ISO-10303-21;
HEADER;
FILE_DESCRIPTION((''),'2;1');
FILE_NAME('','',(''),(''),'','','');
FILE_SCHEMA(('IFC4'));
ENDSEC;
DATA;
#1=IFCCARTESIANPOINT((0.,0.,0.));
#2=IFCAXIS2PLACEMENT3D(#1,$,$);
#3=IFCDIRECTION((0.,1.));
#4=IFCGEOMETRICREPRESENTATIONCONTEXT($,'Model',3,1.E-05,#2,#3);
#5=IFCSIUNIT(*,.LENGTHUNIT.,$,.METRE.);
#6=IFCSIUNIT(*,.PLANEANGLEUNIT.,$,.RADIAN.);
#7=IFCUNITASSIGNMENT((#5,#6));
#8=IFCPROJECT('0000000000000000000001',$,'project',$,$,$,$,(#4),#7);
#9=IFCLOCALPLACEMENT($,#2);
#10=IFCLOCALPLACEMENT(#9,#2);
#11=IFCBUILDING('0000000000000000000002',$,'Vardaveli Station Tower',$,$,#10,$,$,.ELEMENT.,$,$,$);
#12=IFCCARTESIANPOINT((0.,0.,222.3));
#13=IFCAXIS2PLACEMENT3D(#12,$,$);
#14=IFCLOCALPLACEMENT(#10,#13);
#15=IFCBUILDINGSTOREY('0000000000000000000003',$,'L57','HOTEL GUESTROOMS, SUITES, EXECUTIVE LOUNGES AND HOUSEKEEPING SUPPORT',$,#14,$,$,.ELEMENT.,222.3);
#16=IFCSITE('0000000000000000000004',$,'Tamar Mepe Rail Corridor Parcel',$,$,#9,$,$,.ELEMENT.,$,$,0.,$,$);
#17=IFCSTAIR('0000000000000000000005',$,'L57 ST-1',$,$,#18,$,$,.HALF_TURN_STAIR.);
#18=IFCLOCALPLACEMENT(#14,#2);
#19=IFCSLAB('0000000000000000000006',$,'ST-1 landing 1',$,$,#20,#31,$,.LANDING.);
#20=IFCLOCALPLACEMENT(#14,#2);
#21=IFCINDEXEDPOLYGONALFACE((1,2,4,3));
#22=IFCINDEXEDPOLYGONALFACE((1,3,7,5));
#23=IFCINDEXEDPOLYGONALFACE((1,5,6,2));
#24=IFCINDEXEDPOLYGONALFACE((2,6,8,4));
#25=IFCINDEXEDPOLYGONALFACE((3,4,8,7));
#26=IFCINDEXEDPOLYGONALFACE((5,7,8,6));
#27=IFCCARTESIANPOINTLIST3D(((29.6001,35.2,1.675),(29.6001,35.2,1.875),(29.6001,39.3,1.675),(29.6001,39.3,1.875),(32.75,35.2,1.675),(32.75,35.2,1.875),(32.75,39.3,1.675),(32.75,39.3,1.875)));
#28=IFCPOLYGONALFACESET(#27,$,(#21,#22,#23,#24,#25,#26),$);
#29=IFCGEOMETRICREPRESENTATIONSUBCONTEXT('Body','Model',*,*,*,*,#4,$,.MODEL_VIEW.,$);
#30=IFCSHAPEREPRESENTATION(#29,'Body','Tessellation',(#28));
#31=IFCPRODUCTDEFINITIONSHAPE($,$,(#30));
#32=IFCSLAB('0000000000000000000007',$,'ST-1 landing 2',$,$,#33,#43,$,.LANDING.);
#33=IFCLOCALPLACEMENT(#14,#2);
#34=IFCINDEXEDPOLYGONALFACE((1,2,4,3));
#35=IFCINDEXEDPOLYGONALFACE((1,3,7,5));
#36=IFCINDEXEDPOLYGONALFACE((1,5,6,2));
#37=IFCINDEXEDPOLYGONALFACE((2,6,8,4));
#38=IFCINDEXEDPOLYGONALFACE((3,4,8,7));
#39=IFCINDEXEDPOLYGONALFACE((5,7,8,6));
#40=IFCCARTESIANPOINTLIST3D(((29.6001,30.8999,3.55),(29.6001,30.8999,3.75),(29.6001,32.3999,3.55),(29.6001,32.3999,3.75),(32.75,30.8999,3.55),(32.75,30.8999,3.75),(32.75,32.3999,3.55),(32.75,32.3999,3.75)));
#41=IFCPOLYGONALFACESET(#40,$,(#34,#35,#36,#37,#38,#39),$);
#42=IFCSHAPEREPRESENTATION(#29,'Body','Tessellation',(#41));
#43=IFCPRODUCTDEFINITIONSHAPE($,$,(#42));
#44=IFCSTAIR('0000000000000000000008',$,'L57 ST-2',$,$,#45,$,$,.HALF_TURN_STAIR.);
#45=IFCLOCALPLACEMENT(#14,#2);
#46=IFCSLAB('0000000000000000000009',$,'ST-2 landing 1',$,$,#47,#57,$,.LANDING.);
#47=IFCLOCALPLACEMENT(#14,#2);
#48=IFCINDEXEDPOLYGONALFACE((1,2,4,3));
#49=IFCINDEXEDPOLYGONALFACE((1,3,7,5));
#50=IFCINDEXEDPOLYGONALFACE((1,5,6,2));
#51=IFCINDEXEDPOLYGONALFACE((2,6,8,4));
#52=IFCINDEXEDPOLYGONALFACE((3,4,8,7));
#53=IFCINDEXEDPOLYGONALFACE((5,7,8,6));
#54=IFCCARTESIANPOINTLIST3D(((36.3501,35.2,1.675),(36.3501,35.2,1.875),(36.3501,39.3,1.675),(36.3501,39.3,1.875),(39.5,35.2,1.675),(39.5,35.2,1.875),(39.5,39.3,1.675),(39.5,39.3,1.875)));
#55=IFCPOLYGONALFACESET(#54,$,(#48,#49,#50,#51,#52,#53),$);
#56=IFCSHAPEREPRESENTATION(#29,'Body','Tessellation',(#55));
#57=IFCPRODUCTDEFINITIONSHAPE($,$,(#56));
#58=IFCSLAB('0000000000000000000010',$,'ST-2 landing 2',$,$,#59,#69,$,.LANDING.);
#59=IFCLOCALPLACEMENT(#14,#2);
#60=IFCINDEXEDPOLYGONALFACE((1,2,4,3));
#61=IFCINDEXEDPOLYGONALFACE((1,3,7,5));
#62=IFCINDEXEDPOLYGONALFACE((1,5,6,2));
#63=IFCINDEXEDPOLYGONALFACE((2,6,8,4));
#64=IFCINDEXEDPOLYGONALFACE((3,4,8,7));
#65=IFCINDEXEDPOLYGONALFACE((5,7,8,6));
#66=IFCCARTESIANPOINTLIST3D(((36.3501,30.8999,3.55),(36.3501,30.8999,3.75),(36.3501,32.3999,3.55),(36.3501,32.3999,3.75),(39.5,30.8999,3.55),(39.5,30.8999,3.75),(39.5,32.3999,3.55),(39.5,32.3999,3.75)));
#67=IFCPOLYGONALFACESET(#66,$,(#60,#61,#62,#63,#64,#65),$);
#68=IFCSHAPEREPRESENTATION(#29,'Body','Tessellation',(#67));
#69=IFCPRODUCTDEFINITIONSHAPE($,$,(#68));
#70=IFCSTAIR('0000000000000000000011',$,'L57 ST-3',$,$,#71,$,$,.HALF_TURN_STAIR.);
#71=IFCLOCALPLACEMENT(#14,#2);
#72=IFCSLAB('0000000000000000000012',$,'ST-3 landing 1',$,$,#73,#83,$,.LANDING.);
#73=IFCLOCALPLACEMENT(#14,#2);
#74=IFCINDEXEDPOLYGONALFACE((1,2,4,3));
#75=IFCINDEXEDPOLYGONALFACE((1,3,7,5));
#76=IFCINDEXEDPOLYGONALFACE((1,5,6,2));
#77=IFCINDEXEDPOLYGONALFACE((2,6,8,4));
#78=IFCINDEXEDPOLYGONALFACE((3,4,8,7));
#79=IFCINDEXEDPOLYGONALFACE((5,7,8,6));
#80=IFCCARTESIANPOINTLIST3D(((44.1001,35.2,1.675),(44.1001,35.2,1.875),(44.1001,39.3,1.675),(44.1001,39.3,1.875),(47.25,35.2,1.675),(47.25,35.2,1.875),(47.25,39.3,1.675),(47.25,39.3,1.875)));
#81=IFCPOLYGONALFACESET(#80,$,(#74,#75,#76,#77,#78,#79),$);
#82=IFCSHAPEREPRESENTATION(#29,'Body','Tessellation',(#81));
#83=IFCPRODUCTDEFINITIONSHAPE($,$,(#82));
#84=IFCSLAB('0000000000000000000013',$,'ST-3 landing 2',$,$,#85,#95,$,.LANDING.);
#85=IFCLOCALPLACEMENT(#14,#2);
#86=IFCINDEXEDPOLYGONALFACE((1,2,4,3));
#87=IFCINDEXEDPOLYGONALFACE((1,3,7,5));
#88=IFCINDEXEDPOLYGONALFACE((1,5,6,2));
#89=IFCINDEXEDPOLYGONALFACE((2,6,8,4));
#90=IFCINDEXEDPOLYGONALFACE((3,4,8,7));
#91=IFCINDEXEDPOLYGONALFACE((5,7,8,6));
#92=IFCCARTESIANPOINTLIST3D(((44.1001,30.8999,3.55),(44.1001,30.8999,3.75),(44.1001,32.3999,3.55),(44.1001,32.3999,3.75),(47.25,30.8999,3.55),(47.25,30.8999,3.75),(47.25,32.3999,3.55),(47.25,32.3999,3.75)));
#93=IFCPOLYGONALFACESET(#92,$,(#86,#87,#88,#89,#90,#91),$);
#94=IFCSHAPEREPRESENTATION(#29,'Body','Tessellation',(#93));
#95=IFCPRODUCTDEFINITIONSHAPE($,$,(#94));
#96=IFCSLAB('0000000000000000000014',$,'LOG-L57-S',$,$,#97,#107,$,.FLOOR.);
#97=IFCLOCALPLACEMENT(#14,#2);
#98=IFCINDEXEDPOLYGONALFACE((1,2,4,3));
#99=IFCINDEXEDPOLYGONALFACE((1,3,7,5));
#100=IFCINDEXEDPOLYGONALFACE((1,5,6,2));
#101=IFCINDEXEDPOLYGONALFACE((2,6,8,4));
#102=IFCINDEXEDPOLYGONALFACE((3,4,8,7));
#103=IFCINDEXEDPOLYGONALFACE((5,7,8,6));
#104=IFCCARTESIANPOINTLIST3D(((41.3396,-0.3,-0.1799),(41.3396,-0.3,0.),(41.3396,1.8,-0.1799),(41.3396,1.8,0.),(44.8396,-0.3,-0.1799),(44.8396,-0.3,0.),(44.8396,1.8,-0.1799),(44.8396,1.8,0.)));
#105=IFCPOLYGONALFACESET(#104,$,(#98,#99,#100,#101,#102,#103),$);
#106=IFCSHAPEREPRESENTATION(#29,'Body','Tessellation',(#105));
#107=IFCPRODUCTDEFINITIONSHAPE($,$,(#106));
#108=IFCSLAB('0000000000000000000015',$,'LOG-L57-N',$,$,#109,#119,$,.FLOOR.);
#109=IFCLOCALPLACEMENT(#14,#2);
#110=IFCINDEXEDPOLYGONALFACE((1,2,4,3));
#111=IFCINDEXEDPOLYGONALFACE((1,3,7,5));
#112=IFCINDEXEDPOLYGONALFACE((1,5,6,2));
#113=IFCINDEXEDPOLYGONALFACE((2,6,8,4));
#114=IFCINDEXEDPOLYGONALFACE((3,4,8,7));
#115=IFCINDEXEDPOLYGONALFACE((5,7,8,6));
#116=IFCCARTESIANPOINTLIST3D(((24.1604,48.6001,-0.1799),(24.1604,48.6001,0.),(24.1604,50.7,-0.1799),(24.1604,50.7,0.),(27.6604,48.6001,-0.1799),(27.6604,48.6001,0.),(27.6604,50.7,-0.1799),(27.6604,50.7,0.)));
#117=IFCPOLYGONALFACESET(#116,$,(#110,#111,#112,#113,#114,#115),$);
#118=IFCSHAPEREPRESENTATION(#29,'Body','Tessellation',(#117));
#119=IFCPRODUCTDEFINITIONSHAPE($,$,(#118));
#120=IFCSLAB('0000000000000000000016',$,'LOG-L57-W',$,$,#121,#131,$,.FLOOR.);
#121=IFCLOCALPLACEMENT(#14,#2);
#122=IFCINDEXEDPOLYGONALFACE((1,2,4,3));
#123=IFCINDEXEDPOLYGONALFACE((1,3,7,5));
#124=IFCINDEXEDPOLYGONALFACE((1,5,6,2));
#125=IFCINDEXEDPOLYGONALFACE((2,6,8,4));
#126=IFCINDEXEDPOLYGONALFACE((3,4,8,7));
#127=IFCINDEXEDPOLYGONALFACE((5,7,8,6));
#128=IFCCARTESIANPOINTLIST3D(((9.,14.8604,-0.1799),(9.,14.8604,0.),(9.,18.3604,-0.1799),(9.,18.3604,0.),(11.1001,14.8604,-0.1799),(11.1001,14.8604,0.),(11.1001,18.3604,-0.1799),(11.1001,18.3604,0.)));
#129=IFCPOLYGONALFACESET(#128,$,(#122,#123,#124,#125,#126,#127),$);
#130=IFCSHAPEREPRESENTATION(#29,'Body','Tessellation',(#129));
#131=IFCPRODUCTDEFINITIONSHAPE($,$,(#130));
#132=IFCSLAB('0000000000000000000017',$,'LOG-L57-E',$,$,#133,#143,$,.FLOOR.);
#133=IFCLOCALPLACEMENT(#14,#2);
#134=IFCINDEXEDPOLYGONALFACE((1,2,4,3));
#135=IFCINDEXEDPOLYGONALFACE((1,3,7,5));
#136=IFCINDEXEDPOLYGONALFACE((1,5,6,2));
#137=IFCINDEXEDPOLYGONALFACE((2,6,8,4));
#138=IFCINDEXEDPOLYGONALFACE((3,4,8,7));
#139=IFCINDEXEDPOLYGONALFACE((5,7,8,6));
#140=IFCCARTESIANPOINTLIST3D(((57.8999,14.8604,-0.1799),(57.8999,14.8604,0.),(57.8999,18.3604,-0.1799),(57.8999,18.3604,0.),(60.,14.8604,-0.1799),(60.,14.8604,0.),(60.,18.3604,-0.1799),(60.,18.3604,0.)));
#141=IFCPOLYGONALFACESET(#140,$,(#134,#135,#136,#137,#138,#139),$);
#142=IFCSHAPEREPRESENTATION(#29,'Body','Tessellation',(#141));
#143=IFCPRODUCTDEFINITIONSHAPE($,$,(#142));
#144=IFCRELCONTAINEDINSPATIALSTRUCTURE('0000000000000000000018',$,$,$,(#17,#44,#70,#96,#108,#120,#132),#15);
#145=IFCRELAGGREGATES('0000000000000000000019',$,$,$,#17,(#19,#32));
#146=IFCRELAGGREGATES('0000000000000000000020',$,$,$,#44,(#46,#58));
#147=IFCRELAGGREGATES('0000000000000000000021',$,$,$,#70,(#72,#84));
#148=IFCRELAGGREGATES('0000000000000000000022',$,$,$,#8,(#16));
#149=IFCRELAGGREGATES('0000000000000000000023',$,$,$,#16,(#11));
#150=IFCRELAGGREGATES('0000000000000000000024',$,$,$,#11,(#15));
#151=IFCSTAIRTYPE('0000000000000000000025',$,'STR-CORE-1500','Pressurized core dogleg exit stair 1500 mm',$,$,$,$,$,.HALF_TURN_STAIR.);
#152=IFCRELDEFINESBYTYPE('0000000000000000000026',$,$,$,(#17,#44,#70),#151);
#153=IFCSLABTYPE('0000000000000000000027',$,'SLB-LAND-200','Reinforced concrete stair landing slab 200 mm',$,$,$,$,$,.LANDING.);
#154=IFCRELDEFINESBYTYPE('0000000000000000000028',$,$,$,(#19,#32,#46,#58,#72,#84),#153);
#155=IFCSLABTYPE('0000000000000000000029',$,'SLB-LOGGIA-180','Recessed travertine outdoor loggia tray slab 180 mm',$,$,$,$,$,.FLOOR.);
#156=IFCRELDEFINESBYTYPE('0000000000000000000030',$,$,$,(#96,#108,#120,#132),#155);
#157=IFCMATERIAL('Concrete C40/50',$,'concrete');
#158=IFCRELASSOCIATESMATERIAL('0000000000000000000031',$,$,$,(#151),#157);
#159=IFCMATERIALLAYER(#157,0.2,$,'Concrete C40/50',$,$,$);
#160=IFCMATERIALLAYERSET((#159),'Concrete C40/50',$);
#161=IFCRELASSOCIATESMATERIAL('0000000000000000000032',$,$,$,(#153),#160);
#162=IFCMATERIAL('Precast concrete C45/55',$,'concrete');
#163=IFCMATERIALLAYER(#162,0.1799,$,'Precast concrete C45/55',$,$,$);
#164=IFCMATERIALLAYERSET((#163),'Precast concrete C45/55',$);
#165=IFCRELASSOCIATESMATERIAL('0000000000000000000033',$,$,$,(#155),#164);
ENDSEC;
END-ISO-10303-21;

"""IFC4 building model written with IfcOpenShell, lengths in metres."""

from ifc_helpers import new_model, si_unit, direction, frame, origin, place, context, subcontext, project, spatial, polyline, outline, extrude, material, layer, layer_set, type_object, element, aggregate, save


model = new_model("IFC4")

# Units and contexts
model_context = context("Model", 3, precision=1e-05, world=origin(), true_north=direction((0.0, 1.0)))
body_context = subcontext(model_context, "Body", "Model", "MODEL_VIEW")
ifc_project = project(units=[si_unit("LENGTHUNIT", "METRE"), si_unit("PLANEANGLEUNIT", "RADIAN")], contexts=[model_context])

# Site, building, storey
site_placement = place(None, origin())
site = spatial("IfcSite", under=ifc_project, at=site_placement, Name="Tamar Mepe Rail Corridor Parcel", CompositionType="ELEMENT", RefElevation=0.0)
building_placement = place(site_placement, origin())
building = spatial("IfcBuilding", under=site, at=building_placement, Name="Vardaveli Station Tower", CompositionType="ELEMENT")
storey_placement = place(building_placement, frame((0.0, 0.0, 222.3)))
storey = spatial("IfcBuildingStorey", under=building, at=storey_placement, Name="L57", Description="HOTEL GUESTROOMS, SUITES, EXECUTIVE LOUNGES AND HOUSEKEEPING SUPPORT", CompositionType="ELEMENT", Elevation=222.3)

# Stairs, slabs
ifc_material_1 = material(Name="Concrete C40/50", Category="concrete")
stair_type = type_object("IfcStairType", Name="STR-CORE-1500", Description="Pressurized core dogleg exit stair 1500 mm", PredefinedType="HALF_TURN_STAIR", material=ifc_material_1)
stair_1_placement = place(storey_placement, origin())
stair_1 = element("IfcStair", 1, at=stair_1_placement, inside=storey, type_object=stair_type, Name="L57 ST-1", PredefinedType="HALF_TURN_STAIR")
ifc_layer_1 = layer(ifc_material_1, 0.2, Name="Concrete C40/50")
ifc_layer_set_1 = layer_set([ifc_layer_1], Name="Concrete C40/50")
slab_type_1 = type_object("IfcSlabType", Name="SLB-LAND-200", Description="Reinforced concrete stair landing slab 200 mm", PredefinedType="LANDING", material=ifc_layer_set_1)
slab_1_placement = place(storey_placement, frame((0.0, 0.0, 1.675)))
slab_1 = element("IfcSlab", 2, at=slab_1_placement, type_object=slab_type_1, Name="ST-1 landing 1", PredefinedType="LANDING", context=body_context, shape_type="SweptSolid", body=[
    extrude(outline(polyline([(32.75, 35.2), (32.75, 39.3), (29.6001, 39.3), (29.6001, 35.2), (32.75, 35.2)])), origin(), (0.0, 0.0, 1.0), 0.2),
])
slab_2_placement = place(storey_placement, frame((0.0, 0.0, 3.55)))
slab_2 = element("IfcSlab", 3, at=slab_2_placement, type_object=slab_type_1, Name="ST-1 landing 2", PredefinedType="LANDING", context=body_context, shape_type="SweptSolid", body=[
    extrude(outline(polyline([(32.75, 30.8999), (32.75, 32.3999), (29.6001, 32.3999), (29.6001, 30.8999), (32.75, 30.8999)])), origin(), (0.0, 0.0, 1.0), 0.2),
])
aggregate(stair_1, [slab_1, slab_2])
stair_2_placement = place(storey_placement, origin())
stair_2 = element("IfcStair", 4, at=stair_2_placement, inside=storey, type_object=stair_type, Name="L57 ST-2", PredefinedType="HALF_TURN_STAIR")
slab_3_placement = place(storey_placement, frame((0.0, 0.0, 1.675)))
slab_3 = element("IfcSlab", 5, at=slab_3_placement, type_object=slab_type_1, Name="ST-2 landing 1", PredefinedType="LANDING", context=body_context, shape_type="SweptSolid", body=[
    extrude(outline(polyline([(39.5, 35.2), (39.5, 39.3), (36.3501, 39.3), (36.3501, 35.2), (39.5, 35.2)])), origin(), (0.0, 0.0, 1.0), 0.2),
])
slab_4_placement = place(storey_placement, frame((0.0, 0.0, 3.55)))
slab_4 = element("IfcSlab", 6, at=slab_4_placement, type_object=slab_type_1, Name="ST-2 landing 2", PredefinedType="LANDING", context=body_context, shape_type="SweptSolid", body=[
    extrude(outline(polyline([(39.5, 30.8999), (39.5, 32.3999), (36.3501, 32.3999), (36.3501, 30.8999), (39.5, 30.8999)])), origin(), (0.0, 0.0, 1.0), 0.2),
])
aggregate(stair_2, [slab_3, slab_4])
stair_3_placement = place(storey_placement, origin())
stair_3 = element("IfcStair", 7, at=stair_3_placement, inside=storey, type_object=stair_type, Name="L57 ST-3", PredefinedType="HALF_TURN_STAIR")
slab_5_placement = place(storey_placement, frame((0.0, 0.0, 1.675)))
slab_5 = element("IfcSlab", 8, at=slab_5_placement, type_object=slab_type_1, Name="ST-3 landing 1", PredefinedType="LANDING", context=body_context, shape_type="SweptSolid", body=[
    extrude(outline(polyline([(47.25, 35.2), (47.25, 39.3), (44.1001, 39.3), (44.1001, 35.2), (47.25, 35.2)])), origin(), (0.0, 0.0, 1.0), 0.2),
])
slab_6_placement = place(storey_placement, frame((0.0, 0.0, 3.55)))
slab_6 = element("IfcSlab", 9, at=slab_6_placement, type_object=slab_type_1, Name="ST-3 landing 2", PredefinedType="LANDING", context=body_context, shape_type="SweptSolid", body=[
    extrude(outline(polyline([(47.25, 30.8999), (47.25, 32.3999), (44.1001, 32.3999), (44.1001, 30.8999), (47.25, 30.8999)])), origin(), (0.0, 0.0, 1.0), 0.2),
])
aggregate(stair_3, [slab_5, slab_6])

# Slabs
ifc_material_2 = material(Name="Precast concrete C45/55", Category="concrete")
ifc_layer_2 = layer(ifc_material_2, 0.1799, Name="Precast concrete C45/55")
ifc_layer_set_2 = layer_set([ifc_layer_2], Name="Precast concrete C45/55")
slab_type_2 = type_object("IfcSlabType", Name="SLB-LOGGIA-180", Description="Recessed travertine outdoor loggia tray slab 180 mm", PredefinedType="FLOOR", material=ifc_layer_set_2)
slab_7_placement = place(storey_placement, frame((0.0, 0.0, -0.1799)))
element("IfcSlab", 10, at=slab_7_placement, inside=storey, type_object=slab_type_2, Name="LOG-L57-S", PredefinedType="FLOOR", context=body_context, shape_type="SweptSolid", body=[
    extrude(outline(polyline([(41.3396, -0.3), (44.8396, -0.3), (44.8396, 1.8), (41.3396, 1.8), (41.3396, -0.3)])), origin(), (0.0, 0.0, 1.0), 0.1799),
])
slab_8_placement = place(storey_placement, frame((0.0, 0.0, -0.1799)))
element("IfcSlab", 11, at=slab_8_placement, inside=storey, type_object=slab_type_2, Name="LOG-L57-N", PredefinedType="FLOOR", context=body_context, shape_type="SweptSolid", body=[
    extrude(outline(polyline([(24.1604, 48.6001), (27.6604, 48.6001), (27.6604, 50.7), (24.1604, 50.7), (24.1604, 48.6001)])), origin(), (0.0, 0.0, 1.0), 0.1799),
])
slab_9_placement = place(storey_placement, frame((0.0, 0.0, -0.1799)))
element("IfcSlab", 12, at=slab_9_placement, inside=storey, type_object=slab_type_2, Name="LOG-L57-W", PredefinedType="FLOOR", context=body_context, shape_type="SweptSolid", body=[
    extrude(outline(polyline([(9.0, 14.8604), (11.1001, 14.8604), (11.1001, 18.3604), (9.0, 18.3604), (9.0, 14.8604)])), origin(), (0.0, 0.0, 1.0), 0.1799),
])
slab_10_placement = place(storey_placement, frame((0.0, 0.0, -0.1799)))
element("IfcSlab", 13, at=slab_10_placement, inside=storey, type_object=slab_type_2, Name="LOG-L57-E", PredefinedType="FLOOR", context=body_context, shape_type="SweptSolid", body=[
    extrude(outline(polyline([(57.8999, 14.8604), (60.0, 14.8604), (60.0, 18.3604), (57.8999, 18.3604), (57.8999, 14.8604)])), origin(), (0.0, 0.0, 1.0), 0.1799),
])

save(model, "model.ifc")
